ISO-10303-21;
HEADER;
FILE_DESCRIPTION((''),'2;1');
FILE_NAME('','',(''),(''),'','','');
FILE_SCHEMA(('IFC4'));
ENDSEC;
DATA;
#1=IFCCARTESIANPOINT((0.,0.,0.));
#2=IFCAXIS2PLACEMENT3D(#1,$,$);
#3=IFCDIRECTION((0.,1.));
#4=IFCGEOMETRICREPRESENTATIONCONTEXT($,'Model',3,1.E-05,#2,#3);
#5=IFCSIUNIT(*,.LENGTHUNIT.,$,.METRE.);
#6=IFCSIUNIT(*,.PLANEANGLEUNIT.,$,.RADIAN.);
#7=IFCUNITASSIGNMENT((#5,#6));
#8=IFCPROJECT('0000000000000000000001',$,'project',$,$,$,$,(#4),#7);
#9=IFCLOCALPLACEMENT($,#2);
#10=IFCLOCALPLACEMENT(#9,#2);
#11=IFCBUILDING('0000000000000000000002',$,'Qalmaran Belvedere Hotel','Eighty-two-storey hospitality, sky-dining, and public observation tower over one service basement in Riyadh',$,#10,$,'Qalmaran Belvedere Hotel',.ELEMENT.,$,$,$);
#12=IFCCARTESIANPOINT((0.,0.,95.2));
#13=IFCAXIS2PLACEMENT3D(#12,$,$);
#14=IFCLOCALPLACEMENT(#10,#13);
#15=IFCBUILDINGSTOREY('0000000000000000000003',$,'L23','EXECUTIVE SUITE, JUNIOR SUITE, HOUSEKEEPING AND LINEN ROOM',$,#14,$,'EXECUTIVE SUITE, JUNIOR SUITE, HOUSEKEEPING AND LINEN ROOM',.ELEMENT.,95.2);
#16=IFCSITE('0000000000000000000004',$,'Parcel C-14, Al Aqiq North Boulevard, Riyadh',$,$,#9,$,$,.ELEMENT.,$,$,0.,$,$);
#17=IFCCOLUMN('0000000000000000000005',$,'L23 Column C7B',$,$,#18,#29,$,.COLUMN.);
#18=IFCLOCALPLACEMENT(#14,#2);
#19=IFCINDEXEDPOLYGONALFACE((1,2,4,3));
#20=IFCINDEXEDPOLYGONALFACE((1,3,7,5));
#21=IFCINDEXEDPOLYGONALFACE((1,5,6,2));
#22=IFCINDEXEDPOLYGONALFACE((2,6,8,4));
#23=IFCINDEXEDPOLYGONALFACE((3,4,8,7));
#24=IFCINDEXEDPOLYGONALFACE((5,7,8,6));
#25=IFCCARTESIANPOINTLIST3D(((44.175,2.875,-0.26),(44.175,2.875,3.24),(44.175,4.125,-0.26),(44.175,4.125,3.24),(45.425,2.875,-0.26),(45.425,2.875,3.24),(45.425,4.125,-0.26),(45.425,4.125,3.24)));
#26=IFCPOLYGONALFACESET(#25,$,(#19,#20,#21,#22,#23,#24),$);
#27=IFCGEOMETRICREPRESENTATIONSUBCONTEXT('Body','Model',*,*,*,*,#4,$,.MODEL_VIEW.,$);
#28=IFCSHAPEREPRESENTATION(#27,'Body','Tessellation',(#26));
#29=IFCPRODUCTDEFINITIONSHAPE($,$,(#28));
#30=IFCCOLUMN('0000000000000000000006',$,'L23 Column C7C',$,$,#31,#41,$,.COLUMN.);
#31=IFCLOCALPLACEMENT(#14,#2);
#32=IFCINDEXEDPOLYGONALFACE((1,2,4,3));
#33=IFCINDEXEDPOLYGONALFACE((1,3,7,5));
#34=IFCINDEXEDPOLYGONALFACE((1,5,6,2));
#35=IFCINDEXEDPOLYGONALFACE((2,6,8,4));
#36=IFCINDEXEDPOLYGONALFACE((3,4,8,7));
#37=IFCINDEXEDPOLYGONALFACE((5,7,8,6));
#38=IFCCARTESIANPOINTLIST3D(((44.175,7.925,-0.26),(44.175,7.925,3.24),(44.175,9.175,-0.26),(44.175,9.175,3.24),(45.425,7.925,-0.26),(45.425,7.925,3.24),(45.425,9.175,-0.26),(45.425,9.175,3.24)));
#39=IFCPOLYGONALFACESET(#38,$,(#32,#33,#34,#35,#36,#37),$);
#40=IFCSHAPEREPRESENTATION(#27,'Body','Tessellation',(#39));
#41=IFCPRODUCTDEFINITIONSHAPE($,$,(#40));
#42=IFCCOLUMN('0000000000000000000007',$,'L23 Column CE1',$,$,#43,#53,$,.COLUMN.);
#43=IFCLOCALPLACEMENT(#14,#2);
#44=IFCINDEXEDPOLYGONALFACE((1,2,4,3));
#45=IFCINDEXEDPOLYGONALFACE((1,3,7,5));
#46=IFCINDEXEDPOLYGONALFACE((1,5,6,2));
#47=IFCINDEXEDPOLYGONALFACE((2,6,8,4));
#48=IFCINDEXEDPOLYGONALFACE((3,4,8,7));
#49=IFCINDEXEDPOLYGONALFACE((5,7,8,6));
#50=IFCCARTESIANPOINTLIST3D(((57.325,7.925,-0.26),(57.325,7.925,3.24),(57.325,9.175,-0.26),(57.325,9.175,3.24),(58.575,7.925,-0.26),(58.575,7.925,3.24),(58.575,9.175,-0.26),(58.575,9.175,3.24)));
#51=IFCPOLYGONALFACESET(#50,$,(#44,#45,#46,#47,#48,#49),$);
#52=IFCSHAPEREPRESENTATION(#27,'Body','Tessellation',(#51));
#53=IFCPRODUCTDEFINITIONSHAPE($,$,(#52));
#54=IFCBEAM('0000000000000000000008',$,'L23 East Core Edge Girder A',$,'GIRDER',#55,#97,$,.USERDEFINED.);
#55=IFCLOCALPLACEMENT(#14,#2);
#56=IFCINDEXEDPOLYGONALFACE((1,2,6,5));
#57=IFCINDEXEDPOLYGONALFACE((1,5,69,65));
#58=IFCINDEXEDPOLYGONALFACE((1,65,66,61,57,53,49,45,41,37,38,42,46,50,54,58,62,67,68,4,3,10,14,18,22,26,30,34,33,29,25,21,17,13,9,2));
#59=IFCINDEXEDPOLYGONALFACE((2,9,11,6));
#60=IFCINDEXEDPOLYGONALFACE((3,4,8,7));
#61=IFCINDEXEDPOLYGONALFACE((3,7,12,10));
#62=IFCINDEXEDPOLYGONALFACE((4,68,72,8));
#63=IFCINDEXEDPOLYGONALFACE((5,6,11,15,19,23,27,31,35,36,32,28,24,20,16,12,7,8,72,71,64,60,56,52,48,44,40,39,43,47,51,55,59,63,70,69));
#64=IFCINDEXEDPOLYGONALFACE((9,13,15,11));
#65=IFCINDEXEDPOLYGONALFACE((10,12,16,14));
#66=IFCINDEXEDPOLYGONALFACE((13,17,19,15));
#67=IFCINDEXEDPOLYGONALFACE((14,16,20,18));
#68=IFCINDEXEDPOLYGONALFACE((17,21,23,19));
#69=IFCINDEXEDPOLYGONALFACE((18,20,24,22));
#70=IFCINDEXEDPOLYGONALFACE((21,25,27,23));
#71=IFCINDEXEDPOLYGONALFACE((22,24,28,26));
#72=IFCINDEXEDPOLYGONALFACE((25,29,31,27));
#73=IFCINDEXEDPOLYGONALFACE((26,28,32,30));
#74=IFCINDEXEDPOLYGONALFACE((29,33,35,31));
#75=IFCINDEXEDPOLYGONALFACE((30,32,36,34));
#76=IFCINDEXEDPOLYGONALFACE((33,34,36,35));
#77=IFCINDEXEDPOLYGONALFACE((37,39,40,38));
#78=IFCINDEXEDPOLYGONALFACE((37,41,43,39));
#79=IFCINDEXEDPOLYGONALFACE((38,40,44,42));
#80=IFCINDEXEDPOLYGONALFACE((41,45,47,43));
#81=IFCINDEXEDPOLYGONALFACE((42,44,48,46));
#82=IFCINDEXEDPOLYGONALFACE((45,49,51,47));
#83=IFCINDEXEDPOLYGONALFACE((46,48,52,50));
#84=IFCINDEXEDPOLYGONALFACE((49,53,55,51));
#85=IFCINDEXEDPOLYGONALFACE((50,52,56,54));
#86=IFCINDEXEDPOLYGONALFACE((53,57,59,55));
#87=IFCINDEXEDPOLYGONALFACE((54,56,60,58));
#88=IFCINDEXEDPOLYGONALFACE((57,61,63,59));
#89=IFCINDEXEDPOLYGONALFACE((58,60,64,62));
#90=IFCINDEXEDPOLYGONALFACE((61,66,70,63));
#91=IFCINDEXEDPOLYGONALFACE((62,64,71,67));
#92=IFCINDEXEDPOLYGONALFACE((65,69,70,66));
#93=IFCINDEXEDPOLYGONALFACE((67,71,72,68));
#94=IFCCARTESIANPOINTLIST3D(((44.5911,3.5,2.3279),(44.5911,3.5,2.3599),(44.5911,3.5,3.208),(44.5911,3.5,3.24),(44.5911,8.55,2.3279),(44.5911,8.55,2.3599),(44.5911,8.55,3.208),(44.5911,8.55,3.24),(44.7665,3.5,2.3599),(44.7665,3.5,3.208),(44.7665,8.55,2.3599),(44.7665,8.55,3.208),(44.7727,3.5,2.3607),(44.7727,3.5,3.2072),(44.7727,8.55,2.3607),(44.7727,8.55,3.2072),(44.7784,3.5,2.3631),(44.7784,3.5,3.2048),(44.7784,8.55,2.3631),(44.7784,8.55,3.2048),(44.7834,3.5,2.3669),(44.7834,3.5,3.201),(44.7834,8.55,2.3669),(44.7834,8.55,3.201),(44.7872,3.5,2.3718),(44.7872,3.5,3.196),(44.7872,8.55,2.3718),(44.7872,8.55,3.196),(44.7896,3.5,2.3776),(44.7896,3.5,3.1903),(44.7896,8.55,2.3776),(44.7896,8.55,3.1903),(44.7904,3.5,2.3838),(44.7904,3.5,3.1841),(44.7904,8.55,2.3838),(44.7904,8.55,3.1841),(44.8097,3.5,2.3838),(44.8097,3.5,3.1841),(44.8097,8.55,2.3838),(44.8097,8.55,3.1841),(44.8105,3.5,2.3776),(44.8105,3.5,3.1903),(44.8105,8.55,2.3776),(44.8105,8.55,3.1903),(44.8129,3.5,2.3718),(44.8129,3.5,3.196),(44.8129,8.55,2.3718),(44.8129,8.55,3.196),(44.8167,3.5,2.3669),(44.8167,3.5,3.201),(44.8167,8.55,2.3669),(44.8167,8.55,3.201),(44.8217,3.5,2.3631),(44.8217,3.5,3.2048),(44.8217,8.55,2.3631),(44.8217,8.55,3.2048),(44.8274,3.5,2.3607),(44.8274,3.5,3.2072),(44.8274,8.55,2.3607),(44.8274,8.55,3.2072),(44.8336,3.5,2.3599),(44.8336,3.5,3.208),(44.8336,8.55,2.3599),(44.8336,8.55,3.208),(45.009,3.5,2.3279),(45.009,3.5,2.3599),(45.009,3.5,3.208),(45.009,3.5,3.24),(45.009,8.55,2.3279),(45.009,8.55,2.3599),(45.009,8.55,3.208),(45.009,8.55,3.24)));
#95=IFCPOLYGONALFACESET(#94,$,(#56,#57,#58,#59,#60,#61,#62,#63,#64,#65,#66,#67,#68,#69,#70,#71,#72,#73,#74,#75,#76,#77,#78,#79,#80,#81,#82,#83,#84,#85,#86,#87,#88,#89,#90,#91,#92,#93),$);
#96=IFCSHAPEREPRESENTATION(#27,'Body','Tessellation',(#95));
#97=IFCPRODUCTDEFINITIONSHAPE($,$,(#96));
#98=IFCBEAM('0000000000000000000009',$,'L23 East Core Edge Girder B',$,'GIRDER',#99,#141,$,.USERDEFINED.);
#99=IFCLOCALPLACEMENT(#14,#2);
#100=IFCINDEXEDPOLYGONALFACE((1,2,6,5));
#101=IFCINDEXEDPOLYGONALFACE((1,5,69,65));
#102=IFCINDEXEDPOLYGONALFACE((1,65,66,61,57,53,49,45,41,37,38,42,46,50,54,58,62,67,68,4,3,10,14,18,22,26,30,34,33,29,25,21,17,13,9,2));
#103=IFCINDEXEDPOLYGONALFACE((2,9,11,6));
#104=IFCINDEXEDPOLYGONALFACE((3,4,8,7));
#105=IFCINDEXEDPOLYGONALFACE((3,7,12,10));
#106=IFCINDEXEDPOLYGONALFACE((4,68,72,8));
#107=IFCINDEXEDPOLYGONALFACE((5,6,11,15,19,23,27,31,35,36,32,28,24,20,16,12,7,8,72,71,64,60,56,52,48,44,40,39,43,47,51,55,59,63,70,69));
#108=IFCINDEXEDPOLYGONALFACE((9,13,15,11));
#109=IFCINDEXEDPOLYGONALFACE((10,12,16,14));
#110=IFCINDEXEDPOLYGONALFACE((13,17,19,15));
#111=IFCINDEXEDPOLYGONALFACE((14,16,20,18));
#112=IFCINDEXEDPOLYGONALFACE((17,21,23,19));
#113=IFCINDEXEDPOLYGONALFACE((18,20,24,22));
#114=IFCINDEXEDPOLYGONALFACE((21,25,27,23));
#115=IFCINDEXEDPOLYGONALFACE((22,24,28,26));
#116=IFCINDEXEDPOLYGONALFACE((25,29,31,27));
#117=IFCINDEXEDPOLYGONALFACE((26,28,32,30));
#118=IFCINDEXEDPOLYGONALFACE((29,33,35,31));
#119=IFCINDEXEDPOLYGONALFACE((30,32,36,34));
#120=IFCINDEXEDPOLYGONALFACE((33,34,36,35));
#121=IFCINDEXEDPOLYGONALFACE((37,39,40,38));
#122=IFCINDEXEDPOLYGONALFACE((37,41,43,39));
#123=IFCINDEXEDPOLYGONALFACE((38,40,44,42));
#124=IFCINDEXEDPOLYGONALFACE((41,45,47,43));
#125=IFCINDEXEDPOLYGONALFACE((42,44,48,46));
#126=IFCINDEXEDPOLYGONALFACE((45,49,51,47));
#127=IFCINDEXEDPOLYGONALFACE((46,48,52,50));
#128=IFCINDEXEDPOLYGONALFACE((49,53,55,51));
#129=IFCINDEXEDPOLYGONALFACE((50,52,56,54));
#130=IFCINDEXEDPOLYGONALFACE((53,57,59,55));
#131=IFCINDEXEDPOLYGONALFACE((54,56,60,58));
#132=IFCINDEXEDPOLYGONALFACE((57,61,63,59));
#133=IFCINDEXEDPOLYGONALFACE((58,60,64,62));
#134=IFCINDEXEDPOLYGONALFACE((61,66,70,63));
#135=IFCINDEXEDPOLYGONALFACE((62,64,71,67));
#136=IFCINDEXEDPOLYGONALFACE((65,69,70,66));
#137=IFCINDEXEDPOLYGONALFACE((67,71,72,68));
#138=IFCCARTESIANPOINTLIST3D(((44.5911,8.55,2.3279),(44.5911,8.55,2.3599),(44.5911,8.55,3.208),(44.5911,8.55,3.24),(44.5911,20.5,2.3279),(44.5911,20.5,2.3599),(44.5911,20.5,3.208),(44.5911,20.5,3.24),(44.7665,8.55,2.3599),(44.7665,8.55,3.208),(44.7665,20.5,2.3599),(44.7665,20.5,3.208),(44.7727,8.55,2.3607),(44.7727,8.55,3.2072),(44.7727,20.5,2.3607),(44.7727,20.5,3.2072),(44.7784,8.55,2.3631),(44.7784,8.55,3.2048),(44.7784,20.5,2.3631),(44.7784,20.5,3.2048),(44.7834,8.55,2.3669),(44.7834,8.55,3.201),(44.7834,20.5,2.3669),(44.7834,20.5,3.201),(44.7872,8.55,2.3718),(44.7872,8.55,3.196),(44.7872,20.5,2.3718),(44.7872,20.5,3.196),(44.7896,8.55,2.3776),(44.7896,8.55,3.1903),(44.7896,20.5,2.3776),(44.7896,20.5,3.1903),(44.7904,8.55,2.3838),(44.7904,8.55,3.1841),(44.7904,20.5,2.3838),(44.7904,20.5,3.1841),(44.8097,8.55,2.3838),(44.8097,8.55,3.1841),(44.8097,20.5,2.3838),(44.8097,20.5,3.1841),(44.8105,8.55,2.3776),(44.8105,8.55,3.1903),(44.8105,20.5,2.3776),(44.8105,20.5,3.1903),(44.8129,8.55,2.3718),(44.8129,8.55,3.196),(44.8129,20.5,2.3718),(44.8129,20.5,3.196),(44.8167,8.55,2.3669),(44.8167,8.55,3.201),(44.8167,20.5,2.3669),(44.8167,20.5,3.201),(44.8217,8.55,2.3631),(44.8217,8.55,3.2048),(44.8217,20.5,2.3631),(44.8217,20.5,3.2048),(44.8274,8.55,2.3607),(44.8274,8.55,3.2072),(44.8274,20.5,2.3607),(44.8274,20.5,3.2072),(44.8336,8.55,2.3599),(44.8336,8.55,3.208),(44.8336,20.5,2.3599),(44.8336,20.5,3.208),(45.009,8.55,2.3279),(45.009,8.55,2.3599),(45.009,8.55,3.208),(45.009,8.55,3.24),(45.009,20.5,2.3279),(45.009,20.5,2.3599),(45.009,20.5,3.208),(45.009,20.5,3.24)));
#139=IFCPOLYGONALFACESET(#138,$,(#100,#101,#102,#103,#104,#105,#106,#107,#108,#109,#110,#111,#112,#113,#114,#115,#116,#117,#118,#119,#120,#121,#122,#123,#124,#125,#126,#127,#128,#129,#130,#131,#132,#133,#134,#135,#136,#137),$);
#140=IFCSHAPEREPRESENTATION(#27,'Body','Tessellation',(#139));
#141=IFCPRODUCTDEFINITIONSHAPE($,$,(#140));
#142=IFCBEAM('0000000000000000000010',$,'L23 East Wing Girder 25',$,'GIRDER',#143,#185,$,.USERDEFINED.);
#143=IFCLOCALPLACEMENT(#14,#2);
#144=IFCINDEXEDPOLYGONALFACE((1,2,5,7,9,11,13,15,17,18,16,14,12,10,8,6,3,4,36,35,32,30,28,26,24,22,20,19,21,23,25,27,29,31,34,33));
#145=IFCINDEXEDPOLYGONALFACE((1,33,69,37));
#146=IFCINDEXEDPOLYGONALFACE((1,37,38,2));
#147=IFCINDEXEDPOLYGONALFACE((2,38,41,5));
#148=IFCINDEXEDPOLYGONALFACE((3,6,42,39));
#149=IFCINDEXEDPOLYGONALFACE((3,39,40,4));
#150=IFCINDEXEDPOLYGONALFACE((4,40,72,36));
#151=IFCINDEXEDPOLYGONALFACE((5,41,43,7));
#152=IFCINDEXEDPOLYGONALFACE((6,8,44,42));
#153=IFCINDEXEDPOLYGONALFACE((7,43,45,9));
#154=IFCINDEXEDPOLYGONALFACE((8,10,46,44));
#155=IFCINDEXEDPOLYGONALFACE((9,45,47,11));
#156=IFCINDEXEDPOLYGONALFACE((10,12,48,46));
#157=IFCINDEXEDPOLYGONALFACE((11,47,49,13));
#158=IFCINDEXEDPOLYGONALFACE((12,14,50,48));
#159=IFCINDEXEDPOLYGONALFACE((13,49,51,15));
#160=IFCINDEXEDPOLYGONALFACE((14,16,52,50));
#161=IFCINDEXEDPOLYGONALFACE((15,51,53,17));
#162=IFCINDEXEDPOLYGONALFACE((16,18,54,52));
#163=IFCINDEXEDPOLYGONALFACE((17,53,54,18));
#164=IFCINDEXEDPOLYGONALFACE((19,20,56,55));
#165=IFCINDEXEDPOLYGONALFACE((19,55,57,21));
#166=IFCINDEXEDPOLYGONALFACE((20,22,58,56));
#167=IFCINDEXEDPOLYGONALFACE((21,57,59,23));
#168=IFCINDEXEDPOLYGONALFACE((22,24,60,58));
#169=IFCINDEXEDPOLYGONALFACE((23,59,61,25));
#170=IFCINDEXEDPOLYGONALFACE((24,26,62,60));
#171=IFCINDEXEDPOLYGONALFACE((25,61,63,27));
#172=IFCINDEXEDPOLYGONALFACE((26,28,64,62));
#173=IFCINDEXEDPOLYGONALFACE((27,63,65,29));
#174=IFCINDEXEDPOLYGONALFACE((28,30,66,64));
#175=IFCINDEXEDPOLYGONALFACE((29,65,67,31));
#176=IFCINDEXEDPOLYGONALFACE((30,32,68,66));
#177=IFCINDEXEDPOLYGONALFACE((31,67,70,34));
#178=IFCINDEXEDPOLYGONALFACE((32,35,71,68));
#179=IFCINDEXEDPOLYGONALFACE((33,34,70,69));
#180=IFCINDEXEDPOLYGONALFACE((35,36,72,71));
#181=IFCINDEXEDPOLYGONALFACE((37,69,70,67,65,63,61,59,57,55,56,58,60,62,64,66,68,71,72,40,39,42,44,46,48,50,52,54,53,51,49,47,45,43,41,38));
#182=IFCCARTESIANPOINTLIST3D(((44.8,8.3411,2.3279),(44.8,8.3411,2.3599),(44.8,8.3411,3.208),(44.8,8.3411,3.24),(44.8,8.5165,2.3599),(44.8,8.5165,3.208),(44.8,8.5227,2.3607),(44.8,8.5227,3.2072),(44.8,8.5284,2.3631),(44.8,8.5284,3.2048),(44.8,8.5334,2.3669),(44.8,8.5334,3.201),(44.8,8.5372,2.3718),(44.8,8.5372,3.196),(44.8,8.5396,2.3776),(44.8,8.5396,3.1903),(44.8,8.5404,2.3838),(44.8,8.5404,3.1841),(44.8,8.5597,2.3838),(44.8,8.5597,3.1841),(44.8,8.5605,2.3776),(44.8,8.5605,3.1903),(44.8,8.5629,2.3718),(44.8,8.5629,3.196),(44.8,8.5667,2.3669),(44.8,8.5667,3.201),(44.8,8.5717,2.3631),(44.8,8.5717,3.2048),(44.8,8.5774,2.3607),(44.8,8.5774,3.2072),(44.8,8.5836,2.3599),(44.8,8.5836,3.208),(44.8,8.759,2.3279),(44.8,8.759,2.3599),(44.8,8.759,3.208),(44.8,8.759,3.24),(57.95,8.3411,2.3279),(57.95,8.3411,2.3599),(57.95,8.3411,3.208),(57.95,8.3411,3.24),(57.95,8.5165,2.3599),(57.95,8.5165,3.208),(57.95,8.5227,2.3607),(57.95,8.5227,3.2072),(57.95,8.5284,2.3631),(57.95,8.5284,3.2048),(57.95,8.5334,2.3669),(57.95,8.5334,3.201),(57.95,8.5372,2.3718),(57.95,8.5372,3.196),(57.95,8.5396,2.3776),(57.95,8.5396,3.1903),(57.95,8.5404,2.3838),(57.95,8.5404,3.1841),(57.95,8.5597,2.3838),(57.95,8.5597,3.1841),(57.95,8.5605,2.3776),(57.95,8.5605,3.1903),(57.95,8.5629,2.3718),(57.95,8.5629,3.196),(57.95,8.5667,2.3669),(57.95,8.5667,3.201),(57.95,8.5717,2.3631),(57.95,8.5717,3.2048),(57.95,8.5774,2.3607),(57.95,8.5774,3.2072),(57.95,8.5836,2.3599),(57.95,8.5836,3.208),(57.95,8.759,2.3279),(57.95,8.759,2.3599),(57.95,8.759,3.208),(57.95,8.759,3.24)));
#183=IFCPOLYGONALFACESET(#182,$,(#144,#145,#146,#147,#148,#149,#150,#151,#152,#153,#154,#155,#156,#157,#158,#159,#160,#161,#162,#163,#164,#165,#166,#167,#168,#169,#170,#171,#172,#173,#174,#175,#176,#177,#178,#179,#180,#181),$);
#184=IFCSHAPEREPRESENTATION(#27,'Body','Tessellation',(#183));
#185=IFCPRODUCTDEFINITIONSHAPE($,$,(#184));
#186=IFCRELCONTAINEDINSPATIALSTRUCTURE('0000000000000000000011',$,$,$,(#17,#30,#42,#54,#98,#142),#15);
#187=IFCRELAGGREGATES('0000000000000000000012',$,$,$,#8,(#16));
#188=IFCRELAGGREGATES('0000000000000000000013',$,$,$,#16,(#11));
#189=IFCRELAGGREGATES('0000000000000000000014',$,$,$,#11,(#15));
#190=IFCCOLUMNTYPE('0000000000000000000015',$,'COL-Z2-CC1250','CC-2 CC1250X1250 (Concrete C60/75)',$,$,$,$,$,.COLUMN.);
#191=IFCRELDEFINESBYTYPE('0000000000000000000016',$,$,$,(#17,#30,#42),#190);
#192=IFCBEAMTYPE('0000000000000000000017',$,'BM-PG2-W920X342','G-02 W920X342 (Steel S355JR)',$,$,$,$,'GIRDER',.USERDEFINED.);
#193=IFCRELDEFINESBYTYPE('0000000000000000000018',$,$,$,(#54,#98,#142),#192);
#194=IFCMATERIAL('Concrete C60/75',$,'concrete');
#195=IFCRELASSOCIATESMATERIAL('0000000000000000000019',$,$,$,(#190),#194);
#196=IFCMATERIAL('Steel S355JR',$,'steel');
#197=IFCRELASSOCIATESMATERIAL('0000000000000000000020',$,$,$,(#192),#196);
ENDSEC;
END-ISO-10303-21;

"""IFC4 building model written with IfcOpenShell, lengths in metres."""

from ifc_helpers import new_model, si_unit, direction, frame, origin, origin_2d, place, context, subcontext, project, spatial, rectangle, i_section, extrude, material, material_profile, profile_set, type_object, element, save


model = new_model("IFC4")

# Units and contexts
model_context = context("Model", 3, precision=1e-05, world=origin(), true_north=direction((0.0, 1.0)))
body_context = subcontext(model_context, "Body", "Model", "MODEL_VIEW")
ifc_project = project(units=[si_unit("LENGTHUNIT", "METRE"), si_unit("PLANEANGLEUNIT", "RADIAN")], contexts=[model_context])

# Site, building, storey
site_placement = place(None, origin())
site = spatial("IfcSite", under=ifc_project, at=site_placement, Name="Parcel C-14, Al Aqiq North Boulevard, Riyadh", CompositionType="ELEMENT", RefElevation=0.0)
building_placement = place(site_placement, origin())
building = spatial("IfcBuilding", under=site, at=building_placement, Name="Qalmaran Belvedere Hotel", Description="Eighty-two-storey hospitality, sky-dining, and public observation tower over one service basement in Riyadh", LongName="Qalmaran Belvedere Hotel", CompositionType="ELEMENT")
storey_placement = place(building_placement, frame((0.0, 0.0, 95.2)))
storey = spatial("IfcBuildingStorey", under=building, at=storey_placement, Name="L23", Description="EXECUTIVE SUITE, JUNIOR SUITE, HOUSEKEEPING AND LINEN ROOM", LongName="EXECUTIVE SUITE, JUNIOR SUITE, HOUSEKEEPING AND LINEN ROOM", CompositionType="ELEMENT", Elevation=95.2)

# Columns
ifc_material_1 = material(Name="Concrete C60/75", Category="concrete")
ifc_material_profile_1 = material_profile(ifc_material_1, rectangle(XDim=1.25, YDim=1.25, at=origin_2d()), Name="CC1250X1250")
ifc_profile_set_1 = profile_set([ifc_material_profile_1], Name="Concrete C60/75")
column_type = type_object("IfcColumnType", Name="COL-Z2-CC1250", Description="CC-2 CC1250X1250 (Concrete C60/75)", PredefinedType="COLUMN", material=ifc_profile_set_1)
for number, where, z_axis, x_axis, name in (
    (1, (44.8, 3.5, -0.26), (0.0, 0.0, 1.0), (1.0, 0.0, 0.0), "L23 Column C7B"),
    (2, (44.8, 8.55, -0.26), (0.0, 0.0, 1.0), (1.0, 0.0, 0.0), "L23 Column C7C"),
    (3, (57.95, 8.55, -0.26), (0.0, 0.0, 1.0), (1.0, 0.0, 0.0), "L23 Column CE1"),
):
    element("IfcColumn", number, at=place(storey_placement, frame(where, z_axis=z_axis, x_axis=x_axis)), inside=storey, type_object=column_type, Name=name, PredefinedType="COLUMN", context=body_context, shape_type="SweptSolid", body=[
        extrude(rectangle(XDim=1.25, YDim=1.25, at=origin_2d()), origin(), (0.0, 0.0, 1.0), 3.5),
    ])

# Beams
ifc_material_2 = material(Name="Steel S355JR", Category="steel")
ifc_material_profile_2 = material_profile(ifc_material_2, i_section(OverallWidth=0.418, OverallDepth=0.9121, WebThickness=0.0193, FlangeThickness=0.032, FilletRadius=0.0239, at=origin_2d()), Name="W920X342")
ifc_profile_set_2 = profile_set([ifc_material_profile_2], Name="Steel S355JR")
beam_type_1 = type_object("IfcBeamType", Name="BM-PG2-W920X342", Description="G-02 W920X342 (Steel S355JR)", ElementType="GIRDER", PredefinedType="USERDEFINED", material=ifc_profile_set_2)
beam_1_placement = place(storey_placement, frame((44.8, 3.5, 2.7839), z_axis=(0.0, 1.0, 0.0), x_axis=(-1.0, 0.0, 0.0)))
element("IfcBeam", 4, at=beam_1_placement, inside=storey, type_object=beam_type_1, Name="L23 East Core Edge Girder A", ObjectType="GIRDER", PredefinedType="USERDEFINED", context=body_context, shape_type="SweptSolid", body=[
    extrude(i_section(OverallWidth=0.418, OverallDepth=0.9121, WebThickness=0.0193, FlangeThickness=0.032, FilletRadius=0.0239, at=origin_2d()), origin(), (0.0, 0.0, 1.0), 5.05),
])
beam_2_placement = place(storey_placement, frame((44.8, 8.55, 2.7839), z_axis=(0.0, 1.0, 0.0), x_axis=(-1.0, 0.0, 0.0)))
element("IfcBeam", 5, at=beam_2_placement, inside=storey, type_object=beam_type_1, Name="L23 East Core Edge Girder B", ObjectType="GIRDER", PredefinedType="USERDEFINED", context=body_context, shape_type="SweptSolid", body=[
    extrude(i_section(OverallWidth=0.418, OverallDepth=0.9121, WebThickness=0.0193, FlangeThickness=0.032, FilletRadius=0.0239, at=origin_2d()), origin(), (0.0, 0.0, 1.0), 11.95),
])
beam_3_placement = place(storey_placement, frame((44.8, 8.55, 2.7839), z_axis=(1.0, 0.0, 0.0), x_axis=(0.0, 1.0, 0.0)))
element("IfcBeam", 6, at=beam_3_placement, inside=storey, type_object=beam_type_1, Name="L23 East Wing Girder 25", ObjectType="GIRDER", PredefinedType="USERDEFINED", context=body_context, shape_type="SweptSolid", body=[
    extrude(i_section(OverallWidth=0.418, OverallDepth=0.9121, WebThickness=0.0193, FlangeThickness=0.032, FilletRadius=0.0239, at=origin_2d()), origin(), (0.0, 0.0, 1.0), 13.1499),
])

save(model, "model.ifc")
